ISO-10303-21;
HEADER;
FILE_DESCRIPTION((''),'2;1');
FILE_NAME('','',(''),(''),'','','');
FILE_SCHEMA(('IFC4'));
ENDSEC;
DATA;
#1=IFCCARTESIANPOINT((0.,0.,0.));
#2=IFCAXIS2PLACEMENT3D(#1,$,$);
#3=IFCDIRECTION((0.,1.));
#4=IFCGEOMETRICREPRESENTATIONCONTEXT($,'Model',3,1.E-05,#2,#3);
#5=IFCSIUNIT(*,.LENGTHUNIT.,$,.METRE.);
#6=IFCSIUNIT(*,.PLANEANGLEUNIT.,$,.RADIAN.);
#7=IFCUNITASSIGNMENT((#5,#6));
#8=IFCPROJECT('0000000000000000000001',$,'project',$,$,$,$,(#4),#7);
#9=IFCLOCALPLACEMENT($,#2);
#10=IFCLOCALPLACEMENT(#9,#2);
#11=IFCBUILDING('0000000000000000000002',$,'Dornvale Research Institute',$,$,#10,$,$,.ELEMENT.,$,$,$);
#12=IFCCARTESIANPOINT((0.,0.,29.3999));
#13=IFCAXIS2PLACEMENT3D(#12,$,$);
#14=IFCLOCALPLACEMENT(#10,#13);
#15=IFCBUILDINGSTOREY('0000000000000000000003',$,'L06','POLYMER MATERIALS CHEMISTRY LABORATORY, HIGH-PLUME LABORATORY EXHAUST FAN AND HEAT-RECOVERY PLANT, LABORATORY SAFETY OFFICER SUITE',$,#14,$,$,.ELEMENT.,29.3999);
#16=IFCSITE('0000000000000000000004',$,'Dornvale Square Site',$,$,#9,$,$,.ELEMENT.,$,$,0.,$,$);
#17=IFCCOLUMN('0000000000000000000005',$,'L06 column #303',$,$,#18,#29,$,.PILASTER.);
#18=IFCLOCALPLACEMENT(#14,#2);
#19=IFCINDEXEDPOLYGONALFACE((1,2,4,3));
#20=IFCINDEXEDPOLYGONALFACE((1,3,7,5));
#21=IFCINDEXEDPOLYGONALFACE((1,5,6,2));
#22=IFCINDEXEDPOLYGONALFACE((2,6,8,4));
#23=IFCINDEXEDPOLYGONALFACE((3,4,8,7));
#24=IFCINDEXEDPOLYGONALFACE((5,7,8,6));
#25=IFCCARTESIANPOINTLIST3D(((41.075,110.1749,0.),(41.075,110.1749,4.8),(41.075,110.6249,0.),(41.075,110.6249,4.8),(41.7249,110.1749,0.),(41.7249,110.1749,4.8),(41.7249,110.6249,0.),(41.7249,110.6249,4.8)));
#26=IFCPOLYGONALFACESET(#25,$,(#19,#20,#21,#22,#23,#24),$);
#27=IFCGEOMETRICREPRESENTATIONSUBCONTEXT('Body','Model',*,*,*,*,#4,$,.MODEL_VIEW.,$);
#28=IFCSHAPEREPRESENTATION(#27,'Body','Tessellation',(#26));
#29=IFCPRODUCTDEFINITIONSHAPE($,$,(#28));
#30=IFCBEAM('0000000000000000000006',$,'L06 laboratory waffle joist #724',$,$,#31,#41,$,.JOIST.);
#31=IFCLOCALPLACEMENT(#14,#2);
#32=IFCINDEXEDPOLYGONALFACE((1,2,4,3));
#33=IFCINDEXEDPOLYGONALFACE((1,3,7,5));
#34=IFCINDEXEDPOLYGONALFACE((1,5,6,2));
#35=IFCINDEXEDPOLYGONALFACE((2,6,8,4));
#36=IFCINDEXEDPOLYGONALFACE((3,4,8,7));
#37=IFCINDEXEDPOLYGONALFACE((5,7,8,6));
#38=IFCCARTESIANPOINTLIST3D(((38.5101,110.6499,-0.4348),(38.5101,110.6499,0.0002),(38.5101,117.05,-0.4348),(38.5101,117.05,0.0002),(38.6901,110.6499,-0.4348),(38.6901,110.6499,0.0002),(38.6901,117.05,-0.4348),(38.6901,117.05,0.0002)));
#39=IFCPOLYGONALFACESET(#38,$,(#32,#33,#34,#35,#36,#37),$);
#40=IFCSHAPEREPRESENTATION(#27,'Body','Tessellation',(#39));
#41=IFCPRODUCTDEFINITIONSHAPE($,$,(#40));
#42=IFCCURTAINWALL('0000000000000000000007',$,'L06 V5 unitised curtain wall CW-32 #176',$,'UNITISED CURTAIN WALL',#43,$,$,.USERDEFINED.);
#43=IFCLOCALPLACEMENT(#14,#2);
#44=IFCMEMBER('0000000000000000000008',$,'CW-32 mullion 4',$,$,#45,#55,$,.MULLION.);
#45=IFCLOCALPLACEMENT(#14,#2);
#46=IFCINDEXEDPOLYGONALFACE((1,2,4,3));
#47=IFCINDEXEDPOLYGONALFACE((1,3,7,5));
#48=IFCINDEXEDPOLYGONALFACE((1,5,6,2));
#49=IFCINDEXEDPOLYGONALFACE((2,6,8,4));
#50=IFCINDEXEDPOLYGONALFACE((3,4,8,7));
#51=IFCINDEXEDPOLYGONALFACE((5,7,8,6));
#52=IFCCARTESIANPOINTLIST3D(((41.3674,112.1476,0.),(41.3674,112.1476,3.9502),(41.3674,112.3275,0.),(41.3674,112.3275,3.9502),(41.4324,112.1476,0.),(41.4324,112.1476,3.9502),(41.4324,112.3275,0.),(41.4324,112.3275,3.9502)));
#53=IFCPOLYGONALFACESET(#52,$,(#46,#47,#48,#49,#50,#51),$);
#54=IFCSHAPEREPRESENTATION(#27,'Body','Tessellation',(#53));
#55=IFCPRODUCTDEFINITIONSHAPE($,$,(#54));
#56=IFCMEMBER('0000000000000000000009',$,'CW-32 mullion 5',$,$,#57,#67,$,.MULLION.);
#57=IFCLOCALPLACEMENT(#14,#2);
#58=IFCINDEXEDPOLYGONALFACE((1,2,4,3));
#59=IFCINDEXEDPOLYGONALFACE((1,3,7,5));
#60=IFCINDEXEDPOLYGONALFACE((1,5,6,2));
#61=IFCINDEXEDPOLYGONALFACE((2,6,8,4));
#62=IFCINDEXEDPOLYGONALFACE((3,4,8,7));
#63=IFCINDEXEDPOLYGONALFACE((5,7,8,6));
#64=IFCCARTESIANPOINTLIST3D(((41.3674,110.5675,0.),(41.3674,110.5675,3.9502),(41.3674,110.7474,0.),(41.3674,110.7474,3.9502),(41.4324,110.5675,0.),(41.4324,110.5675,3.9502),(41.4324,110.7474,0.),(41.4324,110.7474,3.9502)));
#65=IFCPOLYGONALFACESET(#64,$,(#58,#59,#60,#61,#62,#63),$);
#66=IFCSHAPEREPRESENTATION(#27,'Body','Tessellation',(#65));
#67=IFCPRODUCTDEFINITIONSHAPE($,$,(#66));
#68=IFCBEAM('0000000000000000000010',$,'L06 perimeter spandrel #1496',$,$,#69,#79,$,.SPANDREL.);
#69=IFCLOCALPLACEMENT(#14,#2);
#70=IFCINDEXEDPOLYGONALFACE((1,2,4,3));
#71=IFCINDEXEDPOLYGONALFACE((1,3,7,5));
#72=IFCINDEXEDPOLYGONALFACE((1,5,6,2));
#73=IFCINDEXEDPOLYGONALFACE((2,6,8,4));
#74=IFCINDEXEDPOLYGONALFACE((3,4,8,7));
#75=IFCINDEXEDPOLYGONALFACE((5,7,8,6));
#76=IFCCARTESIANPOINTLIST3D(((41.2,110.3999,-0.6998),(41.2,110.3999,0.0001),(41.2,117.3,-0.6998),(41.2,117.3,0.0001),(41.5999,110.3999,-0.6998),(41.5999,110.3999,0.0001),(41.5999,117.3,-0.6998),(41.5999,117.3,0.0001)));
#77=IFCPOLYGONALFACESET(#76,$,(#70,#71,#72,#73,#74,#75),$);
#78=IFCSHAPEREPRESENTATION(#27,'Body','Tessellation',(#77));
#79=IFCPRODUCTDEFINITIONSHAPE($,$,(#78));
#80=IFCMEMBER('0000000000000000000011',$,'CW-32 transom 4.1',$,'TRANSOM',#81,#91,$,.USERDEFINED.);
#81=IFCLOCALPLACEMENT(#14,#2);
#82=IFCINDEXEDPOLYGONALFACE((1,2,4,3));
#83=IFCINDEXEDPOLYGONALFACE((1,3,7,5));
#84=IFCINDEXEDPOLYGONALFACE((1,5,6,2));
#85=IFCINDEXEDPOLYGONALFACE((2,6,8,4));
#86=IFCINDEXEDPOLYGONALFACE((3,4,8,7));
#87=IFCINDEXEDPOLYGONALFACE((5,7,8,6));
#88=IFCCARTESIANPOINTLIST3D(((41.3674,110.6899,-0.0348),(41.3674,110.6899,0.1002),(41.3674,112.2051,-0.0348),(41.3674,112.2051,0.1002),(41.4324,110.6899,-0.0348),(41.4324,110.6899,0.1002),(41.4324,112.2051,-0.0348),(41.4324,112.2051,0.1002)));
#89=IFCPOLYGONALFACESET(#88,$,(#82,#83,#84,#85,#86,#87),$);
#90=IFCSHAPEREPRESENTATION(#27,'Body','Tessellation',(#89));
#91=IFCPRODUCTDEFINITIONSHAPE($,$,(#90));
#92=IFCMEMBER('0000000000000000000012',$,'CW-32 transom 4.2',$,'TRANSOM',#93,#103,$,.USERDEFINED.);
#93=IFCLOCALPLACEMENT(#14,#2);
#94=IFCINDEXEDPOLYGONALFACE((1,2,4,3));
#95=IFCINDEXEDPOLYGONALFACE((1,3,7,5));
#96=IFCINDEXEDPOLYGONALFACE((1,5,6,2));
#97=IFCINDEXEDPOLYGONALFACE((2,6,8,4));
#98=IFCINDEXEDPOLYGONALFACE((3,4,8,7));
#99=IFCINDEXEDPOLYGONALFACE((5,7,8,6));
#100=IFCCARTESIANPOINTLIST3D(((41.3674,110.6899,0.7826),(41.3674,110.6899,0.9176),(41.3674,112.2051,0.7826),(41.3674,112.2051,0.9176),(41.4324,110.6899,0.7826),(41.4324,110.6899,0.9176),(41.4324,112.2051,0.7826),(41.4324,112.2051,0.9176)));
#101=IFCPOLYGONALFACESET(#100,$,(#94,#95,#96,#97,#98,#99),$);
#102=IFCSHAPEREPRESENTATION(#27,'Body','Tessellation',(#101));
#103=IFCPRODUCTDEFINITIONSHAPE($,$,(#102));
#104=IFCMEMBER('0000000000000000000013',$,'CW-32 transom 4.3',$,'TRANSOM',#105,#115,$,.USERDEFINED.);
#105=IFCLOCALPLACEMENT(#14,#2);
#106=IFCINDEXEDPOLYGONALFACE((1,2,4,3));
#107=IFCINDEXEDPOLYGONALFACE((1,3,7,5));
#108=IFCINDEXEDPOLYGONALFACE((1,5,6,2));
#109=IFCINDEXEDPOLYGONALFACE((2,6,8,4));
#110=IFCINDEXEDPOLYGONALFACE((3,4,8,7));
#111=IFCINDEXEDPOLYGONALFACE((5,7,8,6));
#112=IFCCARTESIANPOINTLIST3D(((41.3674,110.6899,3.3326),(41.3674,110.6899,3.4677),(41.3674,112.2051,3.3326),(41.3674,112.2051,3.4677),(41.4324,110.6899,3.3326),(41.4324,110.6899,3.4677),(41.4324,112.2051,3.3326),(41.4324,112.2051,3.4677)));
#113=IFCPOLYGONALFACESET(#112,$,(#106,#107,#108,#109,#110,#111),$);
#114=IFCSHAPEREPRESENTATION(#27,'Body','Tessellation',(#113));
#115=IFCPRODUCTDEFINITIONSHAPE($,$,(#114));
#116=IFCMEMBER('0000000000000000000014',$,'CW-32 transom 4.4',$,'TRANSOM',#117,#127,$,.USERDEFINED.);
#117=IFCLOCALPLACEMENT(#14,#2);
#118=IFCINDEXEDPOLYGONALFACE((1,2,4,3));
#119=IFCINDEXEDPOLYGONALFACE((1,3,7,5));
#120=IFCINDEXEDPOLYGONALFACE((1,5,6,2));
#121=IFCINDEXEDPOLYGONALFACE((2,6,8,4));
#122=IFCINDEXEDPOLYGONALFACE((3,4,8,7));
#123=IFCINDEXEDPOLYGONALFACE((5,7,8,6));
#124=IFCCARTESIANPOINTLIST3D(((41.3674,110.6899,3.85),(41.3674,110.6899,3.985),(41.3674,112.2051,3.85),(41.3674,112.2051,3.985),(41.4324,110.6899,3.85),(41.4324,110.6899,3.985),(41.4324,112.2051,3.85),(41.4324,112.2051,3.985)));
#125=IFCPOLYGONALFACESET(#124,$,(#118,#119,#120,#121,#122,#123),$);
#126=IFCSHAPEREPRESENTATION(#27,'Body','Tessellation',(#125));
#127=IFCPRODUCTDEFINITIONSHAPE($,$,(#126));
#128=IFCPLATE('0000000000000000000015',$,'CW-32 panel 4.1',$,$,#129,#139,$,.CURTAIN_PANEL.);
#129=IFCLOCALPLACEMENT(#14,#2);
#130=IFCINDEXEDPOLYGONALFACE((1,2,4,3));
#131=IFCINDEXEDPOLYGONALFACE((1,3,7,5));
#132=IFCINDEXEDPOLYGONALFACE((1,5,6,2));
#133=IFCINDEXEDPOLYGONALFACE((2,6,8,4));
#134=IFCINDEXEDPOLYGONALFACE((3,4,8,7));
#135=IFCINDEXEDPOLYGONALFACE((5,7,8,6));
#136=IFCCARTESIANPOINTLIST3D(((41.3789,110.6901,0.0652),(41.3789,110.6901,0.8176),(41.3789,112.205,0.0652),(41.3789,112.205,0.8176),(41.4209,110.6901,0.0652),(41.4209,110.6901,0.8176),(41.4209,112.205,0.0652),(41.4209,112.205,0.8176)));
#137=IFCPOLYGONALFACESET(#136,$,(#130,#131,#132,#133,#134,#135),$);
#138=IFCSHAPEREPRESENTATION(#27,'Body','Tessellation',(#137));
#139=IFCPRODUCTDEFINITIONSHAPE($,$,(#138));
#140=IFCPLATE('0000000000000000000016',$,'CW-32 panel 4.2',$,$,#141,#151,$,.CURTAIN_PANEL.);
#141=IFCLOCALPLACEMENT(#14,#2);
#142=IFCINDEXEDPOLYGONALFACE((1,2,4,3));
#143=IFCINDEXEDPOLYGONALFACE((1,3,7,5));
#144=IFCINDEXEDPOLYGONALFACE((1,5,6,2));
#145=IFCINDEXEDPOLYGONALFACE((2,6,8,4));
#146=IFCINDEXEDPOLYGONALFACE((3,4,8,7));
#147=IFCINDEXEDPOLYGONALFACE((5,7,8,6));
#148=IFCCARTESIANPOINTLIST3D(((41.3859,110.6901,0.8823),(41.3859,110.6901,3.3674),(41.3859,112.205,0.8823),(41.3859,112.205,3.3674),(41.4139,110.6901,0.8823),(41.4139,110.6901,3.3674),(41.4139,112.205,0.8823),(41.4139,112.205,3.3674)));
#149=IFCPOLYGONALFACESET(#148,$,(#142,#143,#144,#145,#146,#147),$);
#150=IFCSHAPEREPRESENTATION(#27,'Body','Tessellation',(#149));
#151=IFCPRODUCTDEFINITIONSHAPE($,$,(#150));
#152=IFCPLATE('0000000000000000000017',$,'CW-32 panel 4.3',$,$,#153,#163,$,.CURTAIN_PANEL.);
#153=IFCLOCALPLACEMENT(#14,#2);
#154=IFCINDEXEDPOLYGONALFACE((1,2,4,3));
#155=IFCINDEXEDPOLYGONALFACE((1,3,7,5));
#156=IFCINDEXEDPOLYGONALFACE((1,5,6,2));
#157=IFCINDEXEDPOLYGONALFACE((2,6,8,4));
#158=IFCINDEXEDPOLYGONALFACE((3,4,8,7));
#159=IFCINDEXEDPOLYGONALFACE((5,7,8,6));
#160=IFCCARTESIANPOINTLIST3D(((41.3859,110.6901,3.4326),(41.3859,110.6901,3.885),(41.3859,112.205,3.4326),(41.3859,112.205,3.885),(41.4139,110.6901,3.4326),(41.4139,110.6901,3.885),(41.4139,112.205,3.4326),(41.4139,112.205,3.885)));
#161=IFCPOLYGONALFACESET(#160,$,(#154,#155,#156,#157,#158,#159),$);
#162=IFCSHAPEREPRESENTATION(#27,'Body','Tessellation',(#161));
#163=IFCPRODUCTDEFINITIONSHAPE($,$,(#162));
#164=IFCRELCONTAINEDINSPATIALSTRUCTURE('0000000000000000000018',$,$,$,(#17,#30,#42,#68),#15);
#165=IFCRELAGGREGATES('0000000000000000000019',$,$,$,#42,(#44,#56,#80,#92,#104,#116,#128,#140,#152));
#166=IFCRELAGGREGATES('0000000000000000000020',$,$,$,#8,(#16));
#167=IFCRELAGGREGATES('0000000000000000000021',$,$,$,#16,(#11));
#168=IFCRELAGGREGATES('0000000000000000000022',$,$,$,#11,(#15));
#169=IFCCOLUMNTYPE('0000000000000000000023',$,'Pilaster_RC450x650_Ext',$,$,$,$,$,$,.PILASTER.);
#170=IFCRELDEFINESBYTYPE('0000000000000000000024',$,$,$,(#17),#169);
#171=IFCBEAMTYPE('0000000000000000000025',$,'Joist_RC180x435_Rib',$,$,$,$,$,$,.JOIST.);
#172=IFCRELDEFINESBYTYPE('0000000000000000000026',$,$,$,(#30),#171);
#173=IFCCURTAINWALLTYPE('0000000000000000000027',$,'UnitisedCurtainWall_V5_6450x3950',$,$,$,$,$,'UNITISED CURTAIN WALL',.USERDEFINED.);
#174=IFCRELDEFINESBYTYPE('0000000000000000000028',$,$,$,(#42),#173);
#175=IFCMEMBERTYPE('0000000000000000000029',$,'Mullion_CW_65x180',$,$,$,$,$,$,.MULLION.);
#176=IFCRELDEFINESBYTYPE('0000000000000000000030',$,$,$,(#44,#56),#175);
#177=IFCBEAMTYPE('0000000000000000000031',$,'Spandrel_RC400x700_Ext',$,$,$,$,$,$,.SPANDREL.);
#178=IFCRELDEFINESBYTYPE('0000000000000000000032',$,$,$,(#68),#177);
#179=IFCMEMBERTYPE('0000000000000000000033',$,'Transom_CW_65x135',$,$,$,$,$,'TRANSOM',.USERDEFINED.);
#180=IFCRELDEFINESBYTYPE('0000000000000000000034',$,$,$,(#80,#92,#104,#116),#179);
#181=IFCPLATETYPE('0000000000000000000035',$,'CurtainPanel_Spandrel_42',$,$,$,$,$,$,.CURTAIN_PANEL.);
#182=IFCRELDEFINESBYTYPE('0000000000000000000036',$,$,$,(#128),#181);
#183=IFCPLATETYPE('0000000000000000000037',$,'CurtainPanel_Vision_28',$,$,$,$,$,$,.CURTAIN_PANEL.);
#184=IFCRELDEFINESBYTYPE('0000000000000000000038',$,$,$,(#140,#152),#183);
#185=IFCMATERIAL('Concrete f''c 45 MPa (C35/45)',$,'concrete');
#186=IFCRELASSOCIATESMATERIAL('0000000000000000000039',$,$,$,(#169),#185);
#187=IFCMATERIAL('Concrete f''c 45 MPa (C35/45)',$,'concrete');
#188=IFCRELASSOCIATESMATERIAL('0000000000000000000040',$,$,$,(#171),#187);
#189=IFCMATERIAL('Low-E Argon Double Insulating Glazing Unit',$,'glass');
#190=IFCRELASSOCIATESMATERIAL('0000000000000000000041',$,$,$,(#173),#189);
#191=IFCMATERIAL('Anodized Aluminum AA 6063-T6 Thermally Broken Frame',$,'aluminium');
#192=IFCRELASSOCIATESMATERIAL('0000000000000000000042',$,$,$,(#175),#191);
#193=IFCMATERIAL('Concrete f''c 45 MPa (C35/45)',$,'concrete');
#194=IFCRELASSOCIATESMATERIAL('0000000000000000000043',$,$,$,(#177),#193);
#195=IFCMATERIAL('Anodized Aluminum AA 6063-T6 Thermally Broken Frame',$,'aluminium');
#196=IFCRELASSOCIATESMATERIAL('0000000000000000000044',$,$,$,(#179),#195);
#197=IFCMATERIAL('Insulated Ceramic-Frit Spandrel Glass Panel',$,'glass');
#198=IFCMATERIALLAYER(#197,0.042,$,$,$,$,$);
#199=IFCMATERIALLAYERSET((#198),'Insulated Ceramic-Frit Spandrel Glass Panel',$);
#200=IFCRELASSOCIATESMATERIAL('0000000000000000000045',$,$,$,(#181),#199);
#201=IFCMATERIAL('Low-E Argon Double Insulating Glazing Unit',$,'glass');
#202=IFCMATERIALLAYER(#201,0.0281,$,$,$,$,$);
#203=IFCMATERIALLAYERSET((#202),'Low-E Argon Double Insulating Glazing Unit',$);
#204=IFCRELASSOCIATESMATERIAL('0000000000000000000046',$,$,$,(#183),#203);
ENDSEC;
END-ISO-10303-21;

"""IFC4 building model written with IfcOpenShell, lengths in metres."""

from ifc_helpers import new_model, si_unit, direction, frame, origin, origin_2d, place, context, subcontext, project, spatial, rectangle, extrude, material, layer, layer_set, material_profile, profile_set, type_object, element, aggregate, save


model = new_model("IFC4")

# Units and contexts
model_context = context("Model", 3, precision=1e-05, world=origin(), true_north=direction((0.0, 1.0)))
body_context = subcontext(model_context, "Body", "Model", "MODEL_VIEW")
ifc_project = project(units=[si_unit("LENGTHUNIT", "METRE"), si_unit("PLANEANGLEUNIT", "RADIAN")], contexts=[model_context])

# Site, building, storey
site_placement = place(None, origin())
site = spatial("IfcSite", under=ifc_project, at=site_placement, Name="Dornvale Square Site", CompositionType="ELEMENT", RefElevation=0.0)
building_placement = place(site_placement, origin())
building = spatial("IfcBuilding", under=site, at=building_placement, Name="Dornvale Research Institute", CompositionType="ELEMENT")
storey_placement = place(building_placement, frame((0.0, 0.0, 29.3999)))
storey = spatial("IfcBuildingStorey", under=building, at=storey_placement, Name="L06", Description="POLYMER MATERIALS CHEMISTRY LABORATORY, HIGH-PLUME LABORATORY EXHAUST FAN AND HEAT-RECOVERY PLANT, LABORATORY SAFETY OFFICER SUITE", CompositionType="ELEMENT", Elevation=29.3999)

# Column
ifc_material_1 = material(Name="Concrete f'c 45 MPa (C35/45)", Category="concrete")
ifc_material_profile_1 = material_profile(ifc_material_1, rectangle(XDim=0.45, YDim=0.6499, at=origin_2d()), Name="RC 450x650")
ifc_profile_set_1 = profile_set([ifc_material_profile_1], Name="Concrete f'c 45 MPa (C35/45)")
column_type = type_object("IfcColumnType", Name="Pilaster_RC450x650_Ext", PredefinedType="PILASTER", material=ifc_profile_set_1)
column_placement = place(storey_placement, frame((41.3999, 110.3999, 0.0), z_axis=(0.0, 0.0, 1.0), x_axis=(0.0, 1.0, 0.0)))
element("IfcColumn", 1, at=column_placement, inside=storey, type_object=column_type, Name="L06 column #303", PredefinedType="PILASTER", context=body_context, shape_type="SweptSolid", body=[
    extrude(rectangle(XDim=0.45, YDim=0.6499, at=origin_2d()), origin(), (0.0, 0.0, 1.0), 4.8),
])

# Beam
ifc_material_2 = material(Name="Concrete f'c 45 MPa (C35/45)", Category="concrete")
ifc_material_profile_2 = material_profile(ifc_material_2, rectangle(XDim=0.1799, YDim=0.4351, at=origin_2d()), Name="RC 180x435")
ifc_profile_set_2 = profile_set([ifc_material_profile_2], Name="Concrete f'c 45 MPa (C35/45)")
beam_type_1 = type_object("IfcBeamType", Name="Joist_RC180x435_Rib", PredefinedType="JOIST", material=ifc_profile_set_2)
beam_1_placement = place(storey_placement, frame((38.6001, 110.6499, -0.2173), z_axis=(0.0, 1.0, 0.0), x_axis=(-1.0, 0.0, 0.0)))
element("IfcBeam", 2, at=beam_1_placement, inside=storey, type_object=beam_type_1, Name="L06 laboratory waffle joist #724", PredefinedType="JOIST", context=body_context, shape_type="SweptSolid", body=[
    extrude(rectangle(XDim=0.1799, YDim=0.4351, at=origin_2d()), origin(), (0.0, 0.0, 1.0), 6.4001),
])

# Curtain wall, members
ifc_material_3 = material(Name="Low-E Argon Double Insulating Glazing Unit", Category="glass")
curtain_wall_type = type_object("IfcCurtainWallType", Name="UnitisedCurtainWall_V5_6450x3950", ElementType="UNITISED CURTAIN WALL", PredefinedType="USERDEFINED", material=ifc_material_3)
curtain_wall_placement = place(storey_placement, origin())
curtain_wall = element("IfcCurtainWall", 3, at=curtain_wall_placement, inside=storey, type_object=curtain_wall_type, Name="L06 V5 unitised curtain wall CW-32 #176", ObjectType="UNITISED CURTAIN WALL", PredefinedType="USERDEFINED")
ifc_material_4 = material(Name="Anodized Aluminum AA 6063-T6 Thermally Broken Frame", Category="aluminium")
ifc_material_profile_3 = material_profile(ifc_material_4, rectangle(XDim=0.0649, YDim=0.1799, at=origin_2d()), Name="ALU MULLION 65x180")
ifc_profile_set_3 = profile_set([ifc_material_profile_3], Name="Anodized Aluminum AA 6063-T6 Thermally Broken Frame")
member_type_1 = type_object("IfcMemberType", Name="Mullion_CW_65x180", PredefinedType="MULLION", material=ifc_profile_set_3)
member_1_placement = place(storey_placement, frame((41.3999, 112.2375, 0.0), z_axis=(0.0, 0.0, 1.0), x_axis=(1.0, 0.0, 0.0)))
member_1 = element("IfcMember", 4, at=member_1_placement, type_object=member_type_1, Name="CW-32 mullion 4", PredefinedType="MULLION", context=body_context, shape_type="SweptSolid", body=[
    extrude(rectangle(XDim=0.0649, YDim=0.1799, at=origin_2d()), origin(), (0.0, 0.0, 1.0), 3.9502),
])
member_2_placement = place(storey_placement, frame((41.3999, 110.6575, 0.0), z_axis=(0.0, 0.0, 1.0), x_axis=(1.0, 0.0, 0.0)))
member_2 = element("IfcMember", 5, at=member_2_placement, type_object=member_type_1, Name="CW-32 mullion 5", PredefinedType="MULLION", context=body_context, shape_type="SweptSolid", body=[
    extrude(rectangle(XDim=0.0649, YDim=0.1799, at=origin_2d()), origin(), (0.0, 0.0, 1.0), 3.9502),
])

# Beam
ifc_material_5 = material(Name="Concrete f'c 45 MPa (C35/45)", Category="concrete")
ifc_material_profile_4 = material_profile(ifc_material_5, rectangle(XDim=0.3999, YDim=0.7, at=origin_2d()), Name="RC 400x700")
ifc_profile_set_4 = profile_set([ifc_material_profile_4], Name="Concrete f'c 45 MPa (C35/45)")
beam_type_2 = type_object("IfcBeamType", Name="Spandrel_RC400x700_Ext", PredefinedType="SPANDREL", material=ifc_profile_set_4)
beam_2_placement = place(storey_placement, frame((41.3999, 110.3999, -0.3499), z_axis=(0.0, 1.0, 0.0), x_axis=(-1.0, 0.0, 0.0)))
element("IfcBeam", 6, at=beam_2_placement, inside=storey, type_object=beam_type_2, Name="L06 perimeter spandrel #1496", PredefinedType="SPANDREL", context=body_context, shape_type="SweptSolid", body=[
    extrude(rectangle(XDim=0.3999, YDim=0.7, at=origin_2d()), origin(), (0.0, 0.0, 1.0), 6.9001),
])

# Members
ifc_material_6 = material(Name="Anodized Aluminum AA 6063-T6 Thermally Broken Frame", Category="aluminium")
ifc_material_profile_5 = material_profile(ifc_material_6, rectangle(XDim=0.0649, YDim=0.135, at=origin_2d()), Name="ALU TRANSOM 65x135")
ifc_profile_set_5 = profile_set([ifc_material_profile_5], Name="Anodized Aluminum AA 6063-T6 Thermally Broken Frame")
member_type_2 = type_object("IfcMemberType", Name="Transom_CW_65x135", ElementType="TRANSOM", PredefinedType="USERDEFINED", material=ifc_profile_set_5)
member_3_placement = place(storey_placement, frame((41.3999, 112.2051, 0.0327), z_axis=(0.0, -1.0, 0.0), x_axis=(1.0, 0.0, 0.0)))
member_3 = element("IfcMember", 7, at=member_3_placement, type_object=member_type_2, Name="CW-32 transom 4.1", ObjectType="TRANSOM", PredefinedType="USERDEFINED", context=body_context, shape_type="SweptSolid", body=[
    extrude(rectangle(XDim=0.0649, YDim=0.135, at=origin_2d()), origin(), (0.0, 0.0, 1.0), 1.5151),
])
member_4_placement = place(storey_placement, frame((41.3999, 112.2051, 0.8501), z_axis=(0.0, -1.0, 0.0), x_axis=(1.0, 0.0, 0.0)))
member_4 = element("IfcMember", 8, at=member_4_placement, type_object=member_type_2, Name="CW-32 transom 4.2", ObjectType="TRANSOM", PredefinedType="USERDEFINED", context=body_context, shape_type="SweptSolid", body=[
    extrude(rectangle(XDim=0.0649, YDim=0.135, at=origin_2d()), origin(), (0.0, 0.0, 1.0), 1.5151),
])
member_5_placement = place(storey_placement, frame((41.3999, 112.2051, 3.4001), z_axis=(0.0, -1.0, 0.0), x_axis=(1.0, 0.0, 0.0)))
member_5 = element("IfcMember", 9, at=member_5_placement, type_object=member_type_2, Name="CW-32 transom 4.3", ObjectType="TRANSOM", PredefinedType="USERDEFINED", context=body_context, shape_type="SweptSolid", body=[
    extrude(rectangle(XDim=0.0649, YDim=0.135, at=origin_2d()), origin(), (0.0, 0.0, 1.0), 1.5151),
])
member_6_placement = place(storey_placement, frame((41.3999, 112.2051, 3.9175), z_axis=(0.0, -1.0, 0.0), x_axis=(1.0, 0.0, 0.0)))
member_6 = element("IfcMember", 10, at=member_6_placement, type_object=member_type_2, Name="CW-32 transom 4.4", ObjectType="TRANSOM", PredefinedType="USERDEFINED", context=body_context, shape_type="SweptSolid", body=[
    extrude(rectangle(XDim=0.0649, YDim=0.135, at=origin_2d()), origin(), (0.0, 0.0, 1.0), 1.5151),
])

# Plates
ifc_material_7 = material(Name="Insulated Ceramic-Frit Spandrel Glass Panel", Category="glass")
ifc_layer_1 = layer(ifc_material_7, 0.042)
ifc_layer_set_1 = layer_set([ifc_layer_1], Name="Insulated Ceramic-Frit Spandrel Glass Panel")
plate_type_1 = type_object("IfcPlateType", Name="CurtainPanel_Spandrel_42", PredefinedType="CURTAIN_PANEL", material=ifc_layer_set_1)
plate_1_placement = place(storey_placement, frame((41.3999, 111.4475, 0.0652), z_axis=(0.0, 0.0, 1.0), x_axis=(0.0, -1.0, 0.0)))
plate_1 = element("IfcPlate", 11, at=plate_1_placement, type_object=plate_type_1, Name="CW-32 panel 4.1", PredefinedType="CURTAIN_PANEL", context=body_context, shape_type="SweptSolid", body=[
    extrude(rectangle(XDim=1.5149, YDim=0.042, at=origin_2d()), origin(), (0.0, 0.0, 1.0), 0.7524),
])
ifc_material_8 = material(Name="Low-E Argon Double Insulating Glazing Unit", Category="glass")
ifc_layer_2 = layer(ifc_material_8, 0.0281)
ifc_layer_set_2 = layer_set([ifc_layer_2], Name="Low-E Argon Double Insulating Glazing Unit")
plate_type_2 = type_object("IfcPlateType", Name="CurtainPanel_Vision_28", PredefinedType="CURTAIN_PANEL", material=ifc_layer_set_2)
plate_2_placement = place(storey_placement, frame((41.3999, 111.4475, 0.8823), z_axis=(0.0, 0.0, 1.0), x_axis=(0.0, -1.0, 0.0)))
plate_2 = element("IfcPlate", 12, at=plate_2_placement, type_object=plate_type_2, Name="CW-32 panel 4.2", PredefinedType="CURTAIN_PANEL", context=body_context, shape_type="SweptSolid", body=[
    extrude(rectangle(XDim=1.5149, YDim=0.0281, at=origin_2d()), origin(), (0.0, 0.0, 1.0), 2.4851),
])
plate_3_placement = place(storey_placement, frame((41.3999, 111.4475, 3.4326), z_axis=(0.0, 0.0, 1.0), x_axis=(0.0, -1.0, 0.0)))
plate_3 = element("IfcPlate", 13, at=plate_3_placement, type_object=plate_type_2, Name="CW-32 panel 4.3", PredefinedType="CURTAIN_PANEL", context=body_context, shape_type="SweptSolid", body=[
    extrude(rectangle(XDim=1.5149, YDim=0.0281, at=origin_2d()), origin(), (0.0, 0.0, 1.0), 0.4524),
])
aggregate(curtain_wall, [member_1, member_2, member_3, member_4, member_5, member_6, plate_1, plate_2, plate_3])

save(model, "model.ifc")
